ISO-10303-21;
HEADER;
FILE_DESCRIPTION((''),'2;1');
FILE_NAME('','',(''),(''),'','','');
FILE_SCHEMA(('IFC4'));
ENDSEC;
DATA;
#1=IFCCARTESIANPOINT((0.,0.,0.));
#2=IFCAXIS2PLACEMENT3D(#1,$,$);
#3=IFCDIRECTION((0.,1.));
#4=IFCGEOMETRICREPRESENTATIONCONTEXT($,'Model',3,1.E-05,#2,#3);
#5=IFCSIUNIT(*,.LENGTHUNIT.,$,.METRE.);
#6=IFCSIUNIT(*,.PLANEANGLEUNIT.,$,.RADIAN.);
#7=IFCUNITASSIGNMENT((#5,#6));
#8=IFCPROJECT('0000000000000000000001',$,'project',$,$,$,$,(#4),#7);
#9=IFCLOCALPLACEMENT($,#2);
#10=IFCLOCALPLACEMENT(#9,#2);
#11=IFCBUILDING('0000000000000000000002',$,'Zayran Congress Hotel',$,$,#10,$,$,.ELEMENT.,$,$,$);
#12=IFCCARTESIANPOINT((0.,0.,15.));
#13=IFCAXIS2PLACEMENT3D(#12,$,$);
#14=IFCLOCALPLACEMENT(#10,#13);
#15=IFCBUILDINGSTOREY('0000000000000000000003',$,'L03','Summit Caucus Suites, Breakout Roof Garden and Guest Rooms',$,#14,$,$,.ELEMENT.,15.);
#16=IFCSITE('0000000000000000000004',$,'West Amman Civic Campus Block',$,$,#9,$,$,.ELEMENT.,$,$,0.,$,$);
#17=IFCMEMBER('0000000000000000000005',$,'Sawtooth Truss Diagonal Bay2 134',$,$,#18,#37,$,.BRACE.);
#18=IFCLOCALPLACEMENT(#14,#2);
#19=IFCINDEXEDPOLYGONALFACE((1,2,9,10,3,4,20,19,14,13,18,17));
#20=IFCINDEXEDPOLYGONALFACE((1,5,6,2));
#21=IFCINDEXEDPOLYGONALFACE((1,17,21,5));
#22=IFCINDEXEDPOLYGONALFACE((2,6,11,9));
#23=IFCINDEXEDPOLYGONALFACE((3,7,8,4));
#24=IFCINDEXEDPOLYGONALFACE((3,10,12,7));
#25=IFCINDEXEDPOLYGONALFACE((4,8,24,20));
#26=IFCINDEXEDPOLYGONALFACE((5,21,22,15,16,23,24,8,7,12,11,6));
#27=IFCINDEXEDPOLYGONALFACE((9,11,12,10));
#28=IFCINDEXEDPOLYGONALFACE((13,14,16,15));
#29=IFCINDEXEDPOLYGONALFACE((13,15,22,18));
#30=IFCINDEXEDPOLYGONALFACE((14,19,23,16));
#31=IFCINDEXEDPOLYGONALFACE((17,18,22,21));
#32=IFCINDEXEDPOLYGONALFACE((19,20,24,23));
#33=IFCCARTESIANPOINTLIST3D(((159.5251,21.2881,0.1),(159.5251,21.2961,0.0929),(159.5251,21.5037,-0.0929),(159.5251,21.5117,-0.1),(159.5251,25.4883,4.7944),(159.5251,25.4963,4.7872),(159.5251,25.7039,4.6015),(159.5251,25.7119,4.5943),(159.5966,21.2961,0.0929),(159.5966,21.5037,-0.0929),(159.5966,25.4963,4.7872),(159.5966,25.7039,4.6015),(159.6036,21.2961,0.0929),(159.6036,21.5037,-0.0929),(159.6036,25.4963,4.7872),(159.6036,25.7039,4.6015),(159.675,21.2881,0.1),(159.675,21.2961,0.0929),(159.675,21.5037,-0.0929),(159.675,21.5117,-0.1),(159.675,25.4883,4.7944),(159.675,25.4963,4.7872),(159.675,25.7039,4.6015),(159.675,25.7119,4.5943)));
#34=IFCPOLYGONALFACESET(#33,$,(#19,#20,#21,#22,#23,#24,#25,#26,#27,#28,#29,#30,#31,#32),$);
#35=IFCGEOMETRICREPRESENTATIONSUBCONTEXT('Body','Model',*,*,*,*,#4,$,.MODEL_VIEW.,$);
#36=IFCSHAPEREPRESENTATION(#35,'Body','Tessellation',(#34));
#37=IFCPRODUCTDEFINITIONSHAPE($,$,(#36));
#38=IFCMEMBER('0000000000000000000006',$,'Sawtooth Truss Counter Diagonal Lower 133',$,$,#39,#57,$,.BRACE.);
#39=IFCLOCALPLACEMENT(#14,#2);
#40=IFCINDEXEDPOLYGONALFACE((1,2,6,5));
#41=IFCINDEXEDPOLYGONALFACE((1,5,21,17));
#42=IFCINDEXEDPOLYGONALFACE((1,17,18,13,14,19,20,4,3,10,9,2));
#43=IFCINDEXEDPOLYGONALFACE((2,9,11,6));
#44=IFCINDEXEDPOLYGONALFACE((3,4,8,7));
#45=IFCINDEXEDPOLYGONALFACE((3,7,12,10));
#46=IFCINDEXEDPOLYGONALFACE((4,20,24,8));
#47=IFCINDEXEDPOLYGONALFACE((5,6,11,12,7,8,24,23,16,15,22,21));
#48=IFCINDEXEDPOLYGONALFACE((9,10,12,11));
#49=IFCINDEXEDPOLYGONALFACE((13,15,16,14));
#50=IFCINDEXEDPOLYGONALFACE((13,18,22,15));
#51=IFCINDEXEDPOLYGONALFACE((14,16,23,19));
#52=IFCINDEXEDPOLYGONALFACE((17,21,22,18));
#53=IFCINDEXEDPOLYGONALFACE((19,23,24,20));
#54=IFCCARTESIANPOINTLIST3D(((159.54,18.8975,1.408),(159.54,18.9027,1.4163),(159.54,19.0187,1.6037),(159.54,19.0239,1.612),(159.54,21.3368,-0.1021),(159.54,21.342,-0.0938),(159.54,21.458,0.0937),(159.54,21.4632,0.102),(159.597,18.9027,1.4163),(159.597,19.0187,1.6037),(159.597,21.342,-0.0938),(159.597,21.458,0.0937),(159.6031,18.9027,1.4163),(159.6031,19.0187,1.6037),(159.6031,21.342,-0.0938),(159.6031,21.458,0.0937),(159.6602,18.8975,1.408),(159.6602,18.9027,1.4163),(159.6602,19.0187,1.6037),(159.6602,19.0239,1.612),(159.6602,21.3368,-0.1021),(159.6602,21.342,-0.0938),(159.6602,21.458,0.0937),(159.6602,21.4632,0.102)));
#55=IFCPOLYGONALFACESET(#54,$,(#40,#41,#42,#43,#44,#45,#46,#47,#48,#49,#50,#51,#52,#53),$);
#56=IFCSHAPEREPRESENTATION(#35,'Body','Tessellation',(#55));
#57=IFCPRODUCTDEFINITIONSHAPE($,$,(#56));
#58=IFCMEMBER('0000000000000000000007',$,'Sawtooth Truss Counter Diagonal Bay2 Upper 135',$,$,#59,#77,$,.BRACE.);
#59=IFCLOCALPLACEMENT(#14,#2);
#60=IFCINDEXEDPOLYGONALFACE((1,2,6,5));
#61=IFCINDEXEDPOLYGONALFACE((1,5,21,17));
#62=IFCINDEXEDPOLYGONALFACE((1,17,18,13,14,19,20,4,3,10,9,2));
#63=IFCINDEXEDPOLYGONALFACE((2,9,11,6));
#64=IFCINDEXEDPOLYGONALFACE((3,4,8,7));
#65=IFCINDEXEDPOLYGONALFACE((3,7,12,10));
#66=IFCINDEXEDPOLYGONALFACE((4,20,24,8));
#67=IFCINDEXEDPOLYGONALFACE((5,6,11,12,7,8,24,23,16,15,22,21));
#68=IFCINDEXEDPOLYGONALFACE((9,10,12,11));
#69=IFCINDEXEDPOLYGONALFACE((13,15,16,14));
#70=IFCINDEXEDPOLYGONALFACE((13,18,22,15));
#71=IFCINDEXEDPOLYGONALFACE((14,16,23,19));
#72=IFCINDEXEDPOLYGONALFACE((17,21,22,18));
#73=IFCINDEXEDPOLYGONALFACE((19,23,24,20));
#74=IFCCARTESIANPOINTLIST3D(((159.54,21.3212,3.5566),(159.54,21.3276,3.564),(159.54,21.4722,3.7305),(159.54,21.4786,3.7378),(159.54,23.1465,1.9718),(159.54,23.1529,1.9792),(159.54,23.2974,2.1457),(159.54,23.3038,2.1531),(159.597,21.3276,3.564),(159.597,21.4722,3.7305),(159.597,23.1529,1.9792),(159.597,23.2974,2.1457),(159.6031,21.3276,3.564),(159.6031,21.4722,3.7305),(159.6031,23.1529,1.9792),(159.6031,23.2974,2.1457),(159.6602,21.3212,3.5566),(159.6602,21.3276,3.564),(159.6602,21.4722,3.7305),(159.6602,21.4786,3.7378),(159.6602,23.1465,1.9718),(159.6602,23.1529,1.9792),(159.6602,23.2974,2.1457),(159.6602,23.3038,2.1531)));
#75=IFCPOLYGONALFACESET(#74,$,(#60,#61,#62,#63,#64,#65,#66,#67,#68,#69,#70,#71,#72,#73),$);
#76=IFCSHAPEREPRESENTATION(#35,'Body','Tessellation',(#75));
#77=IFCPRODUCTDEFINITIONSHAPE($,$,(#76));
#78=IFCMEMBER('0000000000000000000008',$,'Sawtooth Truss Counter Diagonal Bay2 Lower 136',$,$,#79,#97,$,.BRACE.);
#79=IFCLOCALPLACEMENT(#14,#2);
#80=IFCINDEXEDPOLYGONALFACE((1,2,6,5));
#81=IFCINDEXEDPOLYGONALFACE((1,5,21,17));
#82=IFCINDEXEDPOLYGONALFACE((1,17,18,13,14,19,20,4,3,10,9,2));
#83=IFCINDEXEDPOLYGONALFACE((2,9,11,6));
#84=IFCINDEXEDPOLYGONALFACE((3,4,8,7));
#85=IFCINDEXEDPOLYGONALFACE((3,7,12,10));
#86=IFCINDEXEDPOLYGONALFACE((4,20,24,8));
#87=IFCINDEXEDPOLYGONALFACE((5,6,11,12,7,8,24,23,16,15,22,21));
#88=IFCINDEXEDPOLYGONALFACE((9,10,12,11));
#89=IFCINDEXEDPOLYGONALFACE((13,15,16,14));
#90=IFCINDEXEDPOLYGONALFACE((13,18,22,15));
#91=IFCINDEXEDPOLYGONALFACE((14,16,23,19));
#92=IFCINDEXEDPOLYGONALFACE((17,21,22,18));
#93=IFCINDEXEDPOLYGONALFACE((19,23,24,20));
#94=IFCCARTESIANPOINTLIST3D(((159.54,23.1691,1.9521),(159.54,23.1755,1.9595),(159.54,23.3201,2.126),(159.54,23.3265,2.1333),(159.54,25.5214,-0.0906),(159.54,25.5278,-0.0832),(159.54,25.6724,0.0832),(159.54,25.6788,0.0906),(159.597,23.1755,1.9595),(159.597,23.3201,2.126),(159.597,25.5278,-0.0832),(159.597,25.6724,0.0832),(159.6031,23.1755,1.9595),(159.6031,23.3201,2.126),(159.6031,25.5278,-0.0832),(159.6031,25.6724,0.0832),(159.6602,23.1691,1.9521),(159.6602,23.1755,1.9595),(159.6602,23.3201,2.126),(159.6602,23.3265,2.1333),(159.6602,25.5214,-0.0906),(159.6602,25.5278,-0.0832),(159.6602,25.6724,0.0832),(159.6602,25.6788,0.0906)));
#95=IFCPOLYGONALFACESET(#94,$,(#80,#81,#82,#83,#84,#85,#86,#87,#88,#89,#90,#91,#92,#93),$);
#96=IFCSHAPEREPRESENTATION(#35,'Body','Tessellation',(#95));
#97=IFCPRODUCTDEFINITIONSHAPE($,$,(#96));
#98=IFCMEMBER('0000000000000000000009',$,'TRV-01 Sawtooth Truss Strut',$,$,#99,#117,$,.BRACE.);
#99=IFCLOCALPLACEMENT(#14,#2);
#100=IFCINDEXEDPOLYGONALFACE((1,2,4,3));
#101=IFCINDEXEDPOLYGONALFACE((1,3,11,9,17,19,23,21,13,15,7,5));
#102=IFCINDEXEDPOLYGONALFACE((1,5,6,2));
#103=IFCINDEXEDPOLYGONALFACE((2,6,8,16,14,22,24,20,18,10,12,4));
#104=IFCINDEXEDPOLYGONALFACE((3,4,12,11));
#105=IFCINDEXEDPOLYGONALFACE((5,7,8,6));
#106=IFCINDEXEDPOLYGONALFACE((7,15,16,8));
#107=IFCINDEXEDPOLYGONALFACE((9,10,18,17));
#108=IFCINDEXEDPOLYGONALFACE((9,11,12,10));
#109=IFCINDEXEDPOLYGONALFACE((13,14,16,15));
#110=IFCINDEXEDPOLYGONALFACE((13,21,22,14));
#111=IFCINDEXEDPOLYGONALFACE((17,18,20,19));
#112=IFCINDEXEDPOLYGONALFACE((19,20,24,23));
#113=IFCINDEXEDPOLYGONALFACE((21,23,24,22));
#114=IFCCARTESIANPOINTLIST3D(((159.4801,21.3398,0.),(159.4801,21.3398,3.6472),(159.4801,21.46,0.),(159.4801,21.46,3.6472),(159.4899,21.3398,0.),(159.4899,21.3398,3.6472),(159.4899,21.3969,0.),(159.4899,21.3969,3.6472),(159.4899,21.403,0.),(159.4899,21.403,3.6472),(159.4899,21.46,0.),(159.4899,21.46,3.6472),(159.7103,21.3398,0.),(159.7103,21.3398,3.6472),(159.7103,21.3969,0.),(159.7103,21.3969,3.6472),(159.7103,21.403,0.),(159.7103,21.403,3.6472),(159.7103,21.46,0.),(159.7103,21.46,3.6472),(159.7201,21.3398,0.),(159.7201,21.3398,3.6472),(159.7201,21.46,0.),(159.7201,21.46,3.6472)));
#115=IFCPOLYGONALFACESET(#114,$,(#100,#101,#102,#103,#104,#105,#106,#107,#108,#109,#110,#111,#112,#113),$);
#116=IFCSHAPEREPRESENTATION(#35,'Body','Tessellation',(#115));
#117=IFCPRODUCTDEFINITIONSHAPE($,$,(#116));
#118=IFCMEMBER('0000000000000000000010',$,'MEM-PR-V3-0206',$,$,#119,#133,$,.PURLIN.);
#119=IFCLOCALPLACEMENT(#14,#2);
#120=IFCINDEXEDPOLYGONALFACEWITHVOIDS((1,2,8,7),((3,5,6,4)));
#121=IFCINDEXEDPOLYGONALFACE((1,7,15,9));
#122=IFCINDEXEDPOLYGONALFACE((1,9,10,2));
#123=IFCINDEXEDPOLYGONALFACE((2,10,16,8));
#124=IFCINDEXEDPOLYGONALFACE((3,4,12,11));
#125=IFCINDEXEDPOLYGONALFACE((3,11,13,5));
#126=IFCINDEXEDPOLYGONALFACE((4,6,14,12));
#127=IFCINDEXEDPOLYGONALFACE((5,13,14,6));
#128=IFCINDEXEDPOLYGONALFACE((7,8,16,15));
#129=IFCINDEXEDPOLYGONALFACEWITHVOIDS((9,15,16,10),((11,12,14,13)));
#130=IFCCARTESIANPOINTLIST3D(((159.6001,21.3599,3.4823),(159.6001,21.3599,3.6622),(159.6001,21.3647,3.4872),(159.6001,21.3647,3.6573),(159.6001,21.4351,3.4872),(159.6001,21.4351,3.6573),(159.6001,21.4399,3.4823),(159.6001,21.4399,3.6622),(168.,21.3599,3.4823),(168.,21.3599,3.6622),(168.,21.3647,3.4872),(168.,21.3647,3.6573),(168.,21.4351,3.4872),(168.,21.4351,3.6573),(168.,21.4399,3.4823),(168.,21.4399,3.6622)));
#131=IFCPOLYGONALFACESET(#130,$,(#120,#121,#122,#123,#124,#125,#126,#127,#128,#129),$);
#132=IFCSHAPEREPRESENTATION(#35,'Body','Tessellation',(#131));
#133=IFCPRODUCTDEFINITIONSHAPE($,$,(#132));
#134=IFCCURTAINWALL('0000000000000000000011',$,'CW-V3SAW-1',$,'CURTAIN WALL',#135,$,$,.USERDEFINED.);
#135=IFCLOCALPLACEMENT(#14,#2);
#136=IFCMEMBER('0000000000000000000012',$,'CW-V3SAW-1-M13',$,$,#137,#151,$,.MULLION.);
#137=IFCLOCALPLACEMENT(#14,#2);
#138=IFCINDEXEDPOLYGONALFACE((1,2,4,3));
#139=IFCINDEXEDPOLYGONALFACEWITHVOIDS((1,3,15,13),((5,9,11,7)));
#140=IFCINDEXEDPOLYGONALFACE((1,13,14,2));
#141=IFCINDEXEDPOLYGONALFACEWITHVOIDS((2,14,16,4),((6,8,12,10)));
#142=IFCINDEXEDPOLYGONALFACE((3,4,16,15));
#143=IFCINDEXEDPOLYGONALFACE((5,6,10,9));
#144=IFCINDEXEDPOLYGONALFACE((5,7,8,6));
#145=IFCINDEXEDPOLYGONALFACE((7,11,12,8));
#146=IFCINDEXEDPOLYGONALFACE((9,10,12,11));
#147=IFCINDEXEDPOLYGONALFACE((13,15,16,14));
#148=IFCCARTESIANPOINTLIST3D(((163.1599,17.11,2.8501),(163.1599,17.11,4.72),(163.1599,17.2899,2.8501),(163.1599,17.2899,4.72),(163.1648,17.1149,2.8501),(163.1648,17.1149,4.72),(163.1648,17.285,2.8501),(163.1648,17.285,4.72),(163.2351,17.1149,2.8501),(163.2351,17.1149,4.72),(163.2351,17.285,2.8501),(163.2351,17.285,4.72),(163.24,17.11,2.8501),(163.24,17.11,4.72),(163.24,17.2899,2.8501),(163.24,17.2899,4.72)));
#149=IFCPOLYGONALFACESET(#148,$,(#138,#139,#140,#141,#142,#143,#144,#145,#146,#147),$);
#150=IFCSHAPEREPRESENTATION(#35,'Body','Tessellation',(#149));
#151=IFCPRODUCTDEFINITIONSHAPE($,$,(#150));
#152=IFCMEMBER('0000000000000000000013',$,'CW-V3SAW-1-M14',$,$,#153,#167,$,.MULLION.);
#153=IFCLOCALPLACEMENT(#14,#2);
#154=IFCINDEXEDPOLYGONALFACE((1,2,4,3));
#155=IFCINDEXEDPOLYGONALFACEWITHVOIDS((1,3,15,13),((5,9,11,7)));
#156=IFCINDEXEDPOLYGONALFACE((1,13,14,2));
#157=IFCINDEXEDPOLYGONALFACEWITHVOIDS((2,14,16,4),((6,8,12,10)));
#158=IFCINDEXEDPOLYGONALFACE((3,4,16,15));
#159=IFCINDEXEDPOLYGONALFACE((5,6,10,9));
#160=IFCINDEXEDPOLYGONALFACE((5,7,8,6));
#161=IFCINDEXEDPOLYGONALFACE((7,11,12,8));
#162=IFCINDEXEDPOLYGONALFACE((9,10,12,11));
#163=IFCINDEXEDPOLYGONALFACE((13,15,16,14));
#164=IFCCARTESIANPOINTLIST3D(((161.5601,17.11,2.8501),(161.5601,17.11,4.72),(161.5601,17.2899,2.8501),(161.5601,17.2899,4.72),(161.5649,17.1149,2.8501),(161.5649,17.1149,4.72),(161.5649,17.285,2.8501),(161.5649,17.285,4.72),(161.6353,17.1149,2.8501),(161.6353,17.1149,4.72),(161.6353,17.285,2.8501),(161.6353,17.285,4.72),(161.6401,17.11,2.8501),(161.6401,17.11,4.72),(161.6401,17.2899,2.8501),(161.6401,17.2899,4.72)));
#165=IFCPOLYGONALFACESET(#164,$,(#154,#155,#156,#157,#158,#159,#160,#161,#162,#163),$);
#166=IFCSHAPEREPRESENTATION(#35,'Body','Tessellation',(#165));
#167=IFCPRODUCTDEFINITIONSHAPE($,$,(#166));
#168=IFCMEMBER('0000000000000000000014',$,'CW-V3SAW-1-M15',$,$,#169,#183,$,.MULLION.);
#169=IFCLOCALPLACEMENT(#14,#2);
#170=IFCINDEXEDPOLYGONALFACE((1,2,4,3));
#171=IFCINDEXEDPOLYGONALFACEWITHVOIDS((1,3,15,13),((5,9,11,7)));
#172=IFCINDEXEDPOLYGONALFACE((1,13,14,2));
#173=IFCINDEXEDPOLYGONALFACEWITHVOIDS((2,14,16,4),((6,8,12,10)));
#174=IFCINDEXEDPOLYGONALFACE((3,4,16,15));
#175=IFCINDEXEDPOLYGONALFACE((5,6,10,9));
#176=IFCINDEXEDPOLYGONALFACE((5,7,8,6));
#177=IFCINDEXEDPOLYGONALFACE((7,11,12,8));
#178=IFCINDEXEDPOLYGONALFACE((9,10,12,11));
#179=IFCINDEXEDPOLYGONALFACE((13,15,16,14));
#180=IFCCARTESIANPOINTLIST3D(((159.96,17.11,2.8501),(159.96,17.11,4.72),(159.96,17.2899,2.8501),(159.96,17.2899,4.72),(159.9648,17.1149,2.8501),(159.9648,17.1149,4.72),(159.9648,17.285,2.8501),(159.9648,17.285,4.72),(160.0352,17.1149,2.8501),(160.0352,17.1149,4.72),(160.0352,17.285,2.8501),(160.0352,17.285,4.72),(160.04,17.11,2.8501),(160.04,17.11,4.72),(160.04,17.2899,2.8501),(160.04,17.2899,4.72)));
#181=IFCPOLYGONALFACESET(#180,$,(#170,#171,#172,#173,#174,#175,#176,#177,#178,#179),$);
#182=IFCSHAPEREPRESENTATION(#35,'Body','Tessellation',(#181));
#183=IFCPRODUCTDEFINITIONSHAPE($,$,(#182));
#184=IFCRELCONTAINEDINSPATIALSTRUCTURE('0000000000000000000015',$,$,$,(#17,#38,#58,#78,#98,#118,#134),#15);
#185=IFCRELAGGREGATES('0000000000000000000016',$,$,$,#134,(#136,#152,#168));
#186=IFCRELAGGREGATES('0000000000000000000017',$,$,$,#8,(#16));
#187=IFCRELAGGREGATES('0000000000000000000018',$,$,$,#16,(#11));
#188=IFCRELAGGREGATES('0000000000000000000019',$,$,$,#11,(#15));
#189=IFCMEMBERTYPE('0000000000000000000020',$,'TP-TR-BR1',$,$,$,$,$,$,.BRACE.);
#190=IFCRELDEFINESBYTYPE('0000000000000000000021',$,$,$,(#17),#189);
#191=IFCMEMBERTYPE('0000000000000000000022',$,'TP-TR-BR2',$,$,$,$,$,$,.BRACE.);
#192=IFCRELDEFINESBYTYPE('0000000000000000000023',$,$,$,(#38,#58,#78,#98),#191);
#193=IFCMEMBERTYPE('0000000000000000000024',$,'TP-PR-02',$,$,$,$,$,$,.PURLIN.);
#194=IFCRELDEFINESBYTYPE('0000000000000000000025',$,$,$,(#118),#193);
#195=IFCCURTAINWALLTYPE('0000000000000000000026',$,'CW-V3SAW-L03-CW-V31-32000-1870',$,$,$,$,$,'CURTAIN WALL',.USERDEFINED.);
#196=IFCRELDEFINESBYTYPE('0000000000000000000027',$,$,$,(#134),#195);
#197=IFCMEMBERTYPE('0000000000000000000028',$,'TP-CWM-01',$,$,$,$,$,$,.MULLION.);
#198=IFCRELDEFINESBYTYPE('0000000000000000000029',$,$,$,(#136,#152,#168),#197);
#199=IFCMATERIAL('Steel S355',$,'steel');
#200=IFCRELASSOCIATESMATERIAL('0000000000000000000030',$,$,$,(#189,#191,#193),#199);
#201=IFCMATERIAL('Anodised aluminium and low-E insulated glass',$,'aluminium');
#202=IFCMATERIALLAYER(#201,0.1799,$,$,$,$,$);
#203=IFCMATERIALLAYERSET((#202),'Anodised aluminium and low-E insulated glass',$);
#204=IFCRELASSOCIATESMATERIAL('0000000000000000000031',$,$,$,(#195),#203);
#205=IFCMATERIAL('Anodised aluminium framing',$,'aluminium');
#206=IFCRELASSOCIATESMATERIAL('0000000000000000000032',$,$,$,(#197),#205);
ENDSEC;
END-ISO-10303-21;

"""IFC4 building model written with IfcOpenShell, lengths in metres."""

from ifc_helpers import new_model, si_unit, direction, frame, origin, origin_2d, place, context, subcontext, project, spatial, hollow_rectangle, i_section, extrude, material, layer, layer_set, material_profile, profile_set, type_object, element, aggregate, save


model = new_model("IFC4")

# Units and contexts
model_context = context("Model", 3, precision=1e-05, world=origin(), true_north=direction((0.0, 1.0)))
body_context = subcontext(model_context, "Body", "Model", "MODEL_VIEW")
ifc_project = project(units=[si_unit("LENGTHUNIT", "METRE"), si_unit("PLANEANGLEUNIT", "RADIAN")], contexts=[model_context])

# Site, building, storey
site_placement = place(None, origin())
site = spatial("IfcSite", under=ifc_project, at=site_placement, Name="West Amman Civic Campus Block", CompositionType="ELEMENT", RefElevation=0.0)
building_placement = place(site_placement, origin())
building = spatial("IfcBuilding", under=site, at=building_placement, Name="Zayran Congress Hotel", CompositionType="ELEMENT")
storey_placement = place(building_placement, frame((0.0, 0.0, 15.0)))
storey = spatial("IfcBuildingStorey", under=building, at=storey_placement, Name="L03", Description="Summit Caucus Suites, Breakout Roof Garden and Guest Rooms", CompositionType="ELEMENT", Elevation=15.0)

# Members
ifc_material_1 = material(Name="Steel S355", Category="steel")
ifc_material_profile_1 = material_profile(ifc_material_1, i_section(OverallWidth=0.1499, OverallDepth=0.3, WebThickness=0.0071, FlangeThickness=0.0107, at=origin_2d()), Name="IPE 300")
ifc_profile_set_1 = profile_set([ifc_material_profile_1], Name="Steel S355")
member_type_1 = type_object("IfcMemberType", Name="TP-TR-BR1", PredefinedType="BRACE", material=ifc_profile_set_1)
member_1_placement = place(storey_placement, frame((159.6001, 21.3999, 0.0), z_axis=(0.0, 0.666795, 0.745241), x_axis=(-1.0, 0.0, 0.0)))
element("IfcMember", 1, at=member_1_placement, inside=storey, type_object=member_type_1, Name="Sawtooth Truss Diagonal Bay2 134", PredefinedType="BRACE", context=body_context, shape_type="SweptSolid", body=[
    extrude(i_section(OverallWidth=0.1499, OverallDepth=0.3, WebThickness=0.0071, FlangeThickness=0.0107, at=origin_2d()), origin(), (0.0, 0.0, 1.0), 6.2991),
])
ifc_material_profile_2 = material_profile(ifc_material_1, i_section(OverallWidth=0.1201, OverallDepth=0.24, WebThickness=0.0061, FlangeThickness=0.0098, at=origin_2d()), Name="IPE 240")
ifc_profile_set_2 = profile_set([ifc_material_profile_2], Name="Steel S355")
member_type_2 = type_object("IfcMemberType", Name="TP-TR-BR2", PredefinedType="BRACE", material=ifc_profile_set_2)
member_2_placement = place(storey_placement, frame((159.6001, 18.9607, 1.51), z_axis=(0.0, 0.850262, -0.52636), x_axis=(-1.0, 0.0, 0.0)))
element("IfcMember", 2, at=member_2_placement, inside=storey, type_object=member_type_2, Name="Sawtooth Truss Counter Diagonal Lower 133", PredefinedType="BRACE", context=body_context, shape_type="SweptSolid", body=[
    extrude(i_section(OverallWidth=0.1201, OverallDepth=0.24, WebThickness=0.0061, FlangeThickness=0.0098, at=origin_2d()), origin(), (0.0, 0.0, 1.0), 2.8689),
])
member_3_placement = place(storey_placement, frame((159.6001, 21.3999, 3.6472), z_axis=(0.0, 0.755099, -0.655611), x_axis=(-1.0, 0.0, 0.0)))
element("IfcMember", 3, at=member_3_placement, inside=storey, type_object=member_type_2, Name="Sawtooth Truss Counter Diagonal Bay2 Upper 135", PredefinedType="BRACE", context=body_context, shape_type="SweptSolid", body=[
    extrude(i_section(OverallWidth=0.1201, OverallDepth=0.24, WebThickness=0.0061, FlangeThickness=0.0098, at=origin_2d()), origin(), (0.0, 0.0, 1.0), 2.4172),
])
member_4_placement = place(storey_placement, frame((159.6001, 23.2478, 2.0427), z_axis=(0.0, 0.755042, -0.655676), x_axis=(-1.0, 0.0, 0.0)))
element("IfcMember", 4, at=member_4_placement, inside=storey, type_object=member_type_2, Name="Sawtooth Truss Counter Diagonal Bay2 Lower 136", PredefinedType="BRACE", context=body_context, shape_type="SweptSolid", body=[
    extrude(i_section(OverallWidth=0.1201, OverallDepth=0.24, WebThickness=0.0061, FlangeThickness=0.0098, at=origin_2d()), origin(), (0.0, 0.0, 1.0), 3.1155),
])
member_5_placement = place(storey_placement, frame((159.6001, 21.3999, 0.0), z_axis=(0.0, 0.0, 1.0), x_axis=(0.0, 1.0, 0.0)))
element("IfcMember", 5, at=member_5_placement, inside=storey, type_object=member_type_2, Name="TRV-01 Sawtooth Truss Strut", PredefinedType="BRACE", context=body_context, shape_type="SweptSolid", body=[
    extrude(i_section(OverallWidth=0.1201, OverallDepth=0.24, WebThickness=0.0061, FlangeThickness=0.0098, at=origin_2d()), origin(), (0.0, 0.0, 1.0), 3.6472),
])
ifc_material_profile_3 = material_profile(ifc_material_1, hollow_rectangle(XDim=0.0801, YDim=0.1799, WallThickness=0.0049, at=origin_2d()), Name="RHS 180x80x5")
ifc_profile_set_3 = profile_set([ifc_material_profile_3], Name="Steel S355")
member_type_3 = type_object("IfcMemberType", Name="TP-PR-02", PredefinedType="PURLIN", material=ifc_profile_set_3)
member_6_placement = place(storey_placement, frame((159.6001, 21.3999, 3.5723), z_axis=(1.0, 0.0, 0.0), x_axis=(0.0, 1.0, 0.0)))
element("IfcMember", 6, at=member_6_placement, inside=storey, type_object=member_type_3, Name="MEM-PR-V3-0206", PredefinedType="PURLIN", context=body_context, shape_type="SweptSolid", body=[
    extrude(hollow_rectangle(XDim=0.0801, YDim=0.1799, WallThickness=0.0049, at=origin_2d()), origin(), (0.0, 0.0, 1.0), 8.3999),
])

# Curtain wall, members
ifc_material_2 = material(Name="Anodised aluminium and low-E insulated glass", Category="aluminium")
ifc_layer_1 = layer(ifc_material_2, 0.1799)
ifc_layer_set_1 = layer_set([ifc_layer_1], Name="Anodised aluminium and low-E insulated glass")
curtain_wall_type = type_object("IfcCurtainWallType", Name="CW-V3SAW-L03-CW-V31-32000-1870", ElementType="CURTAIN WALL", PredefinedType="USERDEFINED", material=ifc_layer_set_1)
curtain_wall_placement = place(storey_placement, origin())
curtain_wall = element("IfcCurtainWall", 7, at=curtain_wall_placement, inside=storey, type_object=curtain_wall_type, Name="CW-V3SAW-1", ObjectType="CURTAIN WALL", PredefinedType="USERDEFINED")
ifc_material_3 = material(Name="Anodised aluminium framing", Category="aluminium")
ifc_material_profile_4 = material_profile(ifc_material_3, hollow_rectangle(XDim=0.0801, YDim=0.1799, WallThickness=0.0049, at=origin_2d()), Name="RHS 180x80x5")
ifc_profile_set_4 = profile_set([ifc_material_profile_4], Name="Anodised aluminium framing")
member_type_4 = type_object("IfcMemberType", Name="TP-CWM-01", PredefinedType="MULLION", material=ifc_profile_set_4)
member_7_placement = place(storey_placement, frame((163.2, 17.2, 2.8501), z_axis=(0.0, 0.0, 1.0), x_axis=(1.0, 0.0, 0.0)))
member_7 = element("IfcMember", 8, at=member_7_placement, type_object=member_type_4, Name="CW-V3SAW-1-M13", PredefinedType="MULLION", context=body_context, shape_type="SweptSolid", body=[
    extrude(hollow_rectangle(XDim=0.0801, YDim=0.1799, WallThickness=0.0049, at=origin_2d()), origin(), (0.0, 0.0, 1.0), 1.8699),
])
member_8_placement = place(storey_placement, frame((161.6001, 17.2, 2.8501), z_axis=(0.0, 0.0, 1.0), x_axis=(1.0, 0.0, 0.0)))
member_8 = element("IfcMember", 9, at=member_8_placement, type_object=member_type_4, Name="CW-V3SAW-1-M14", PredefinedType="MULLION", context=body_context, shape_type="SweptSolid", body=[
    extrude(hollow_rectangle(XDim=0.0801, YDim=0.1799, WallThickness=0.0049, at=origin_2d()), origin(), (0.0, 0.0, 1.0), 1.8699),
])
member_9_placement = place(storey_placement, frame((160.0, 17.2, 2.8501), z_axis=(0.0, 0.0, 1.0), x_axis=(1.0, 0.0, 0.0)))
member_9 = element("IfcMember", 10, at=member_9_placement, type_object=member_type_4, Name="CW-V3SAW-1-M15", PredefinedType="MULLION", context=body_context, shape_type="SweptSolid", body=[
    extrude(hollow_rectangle(XDim=0.0801, YDim=0.1799, WallThickness=0.0049, at=origin_2d()), origin(), (0.0, 0.0, 1.0), 1.8699),
])

aggregate(curtain_wall, [member_7, member_8, member_9])

save(model, "model.ifc")
